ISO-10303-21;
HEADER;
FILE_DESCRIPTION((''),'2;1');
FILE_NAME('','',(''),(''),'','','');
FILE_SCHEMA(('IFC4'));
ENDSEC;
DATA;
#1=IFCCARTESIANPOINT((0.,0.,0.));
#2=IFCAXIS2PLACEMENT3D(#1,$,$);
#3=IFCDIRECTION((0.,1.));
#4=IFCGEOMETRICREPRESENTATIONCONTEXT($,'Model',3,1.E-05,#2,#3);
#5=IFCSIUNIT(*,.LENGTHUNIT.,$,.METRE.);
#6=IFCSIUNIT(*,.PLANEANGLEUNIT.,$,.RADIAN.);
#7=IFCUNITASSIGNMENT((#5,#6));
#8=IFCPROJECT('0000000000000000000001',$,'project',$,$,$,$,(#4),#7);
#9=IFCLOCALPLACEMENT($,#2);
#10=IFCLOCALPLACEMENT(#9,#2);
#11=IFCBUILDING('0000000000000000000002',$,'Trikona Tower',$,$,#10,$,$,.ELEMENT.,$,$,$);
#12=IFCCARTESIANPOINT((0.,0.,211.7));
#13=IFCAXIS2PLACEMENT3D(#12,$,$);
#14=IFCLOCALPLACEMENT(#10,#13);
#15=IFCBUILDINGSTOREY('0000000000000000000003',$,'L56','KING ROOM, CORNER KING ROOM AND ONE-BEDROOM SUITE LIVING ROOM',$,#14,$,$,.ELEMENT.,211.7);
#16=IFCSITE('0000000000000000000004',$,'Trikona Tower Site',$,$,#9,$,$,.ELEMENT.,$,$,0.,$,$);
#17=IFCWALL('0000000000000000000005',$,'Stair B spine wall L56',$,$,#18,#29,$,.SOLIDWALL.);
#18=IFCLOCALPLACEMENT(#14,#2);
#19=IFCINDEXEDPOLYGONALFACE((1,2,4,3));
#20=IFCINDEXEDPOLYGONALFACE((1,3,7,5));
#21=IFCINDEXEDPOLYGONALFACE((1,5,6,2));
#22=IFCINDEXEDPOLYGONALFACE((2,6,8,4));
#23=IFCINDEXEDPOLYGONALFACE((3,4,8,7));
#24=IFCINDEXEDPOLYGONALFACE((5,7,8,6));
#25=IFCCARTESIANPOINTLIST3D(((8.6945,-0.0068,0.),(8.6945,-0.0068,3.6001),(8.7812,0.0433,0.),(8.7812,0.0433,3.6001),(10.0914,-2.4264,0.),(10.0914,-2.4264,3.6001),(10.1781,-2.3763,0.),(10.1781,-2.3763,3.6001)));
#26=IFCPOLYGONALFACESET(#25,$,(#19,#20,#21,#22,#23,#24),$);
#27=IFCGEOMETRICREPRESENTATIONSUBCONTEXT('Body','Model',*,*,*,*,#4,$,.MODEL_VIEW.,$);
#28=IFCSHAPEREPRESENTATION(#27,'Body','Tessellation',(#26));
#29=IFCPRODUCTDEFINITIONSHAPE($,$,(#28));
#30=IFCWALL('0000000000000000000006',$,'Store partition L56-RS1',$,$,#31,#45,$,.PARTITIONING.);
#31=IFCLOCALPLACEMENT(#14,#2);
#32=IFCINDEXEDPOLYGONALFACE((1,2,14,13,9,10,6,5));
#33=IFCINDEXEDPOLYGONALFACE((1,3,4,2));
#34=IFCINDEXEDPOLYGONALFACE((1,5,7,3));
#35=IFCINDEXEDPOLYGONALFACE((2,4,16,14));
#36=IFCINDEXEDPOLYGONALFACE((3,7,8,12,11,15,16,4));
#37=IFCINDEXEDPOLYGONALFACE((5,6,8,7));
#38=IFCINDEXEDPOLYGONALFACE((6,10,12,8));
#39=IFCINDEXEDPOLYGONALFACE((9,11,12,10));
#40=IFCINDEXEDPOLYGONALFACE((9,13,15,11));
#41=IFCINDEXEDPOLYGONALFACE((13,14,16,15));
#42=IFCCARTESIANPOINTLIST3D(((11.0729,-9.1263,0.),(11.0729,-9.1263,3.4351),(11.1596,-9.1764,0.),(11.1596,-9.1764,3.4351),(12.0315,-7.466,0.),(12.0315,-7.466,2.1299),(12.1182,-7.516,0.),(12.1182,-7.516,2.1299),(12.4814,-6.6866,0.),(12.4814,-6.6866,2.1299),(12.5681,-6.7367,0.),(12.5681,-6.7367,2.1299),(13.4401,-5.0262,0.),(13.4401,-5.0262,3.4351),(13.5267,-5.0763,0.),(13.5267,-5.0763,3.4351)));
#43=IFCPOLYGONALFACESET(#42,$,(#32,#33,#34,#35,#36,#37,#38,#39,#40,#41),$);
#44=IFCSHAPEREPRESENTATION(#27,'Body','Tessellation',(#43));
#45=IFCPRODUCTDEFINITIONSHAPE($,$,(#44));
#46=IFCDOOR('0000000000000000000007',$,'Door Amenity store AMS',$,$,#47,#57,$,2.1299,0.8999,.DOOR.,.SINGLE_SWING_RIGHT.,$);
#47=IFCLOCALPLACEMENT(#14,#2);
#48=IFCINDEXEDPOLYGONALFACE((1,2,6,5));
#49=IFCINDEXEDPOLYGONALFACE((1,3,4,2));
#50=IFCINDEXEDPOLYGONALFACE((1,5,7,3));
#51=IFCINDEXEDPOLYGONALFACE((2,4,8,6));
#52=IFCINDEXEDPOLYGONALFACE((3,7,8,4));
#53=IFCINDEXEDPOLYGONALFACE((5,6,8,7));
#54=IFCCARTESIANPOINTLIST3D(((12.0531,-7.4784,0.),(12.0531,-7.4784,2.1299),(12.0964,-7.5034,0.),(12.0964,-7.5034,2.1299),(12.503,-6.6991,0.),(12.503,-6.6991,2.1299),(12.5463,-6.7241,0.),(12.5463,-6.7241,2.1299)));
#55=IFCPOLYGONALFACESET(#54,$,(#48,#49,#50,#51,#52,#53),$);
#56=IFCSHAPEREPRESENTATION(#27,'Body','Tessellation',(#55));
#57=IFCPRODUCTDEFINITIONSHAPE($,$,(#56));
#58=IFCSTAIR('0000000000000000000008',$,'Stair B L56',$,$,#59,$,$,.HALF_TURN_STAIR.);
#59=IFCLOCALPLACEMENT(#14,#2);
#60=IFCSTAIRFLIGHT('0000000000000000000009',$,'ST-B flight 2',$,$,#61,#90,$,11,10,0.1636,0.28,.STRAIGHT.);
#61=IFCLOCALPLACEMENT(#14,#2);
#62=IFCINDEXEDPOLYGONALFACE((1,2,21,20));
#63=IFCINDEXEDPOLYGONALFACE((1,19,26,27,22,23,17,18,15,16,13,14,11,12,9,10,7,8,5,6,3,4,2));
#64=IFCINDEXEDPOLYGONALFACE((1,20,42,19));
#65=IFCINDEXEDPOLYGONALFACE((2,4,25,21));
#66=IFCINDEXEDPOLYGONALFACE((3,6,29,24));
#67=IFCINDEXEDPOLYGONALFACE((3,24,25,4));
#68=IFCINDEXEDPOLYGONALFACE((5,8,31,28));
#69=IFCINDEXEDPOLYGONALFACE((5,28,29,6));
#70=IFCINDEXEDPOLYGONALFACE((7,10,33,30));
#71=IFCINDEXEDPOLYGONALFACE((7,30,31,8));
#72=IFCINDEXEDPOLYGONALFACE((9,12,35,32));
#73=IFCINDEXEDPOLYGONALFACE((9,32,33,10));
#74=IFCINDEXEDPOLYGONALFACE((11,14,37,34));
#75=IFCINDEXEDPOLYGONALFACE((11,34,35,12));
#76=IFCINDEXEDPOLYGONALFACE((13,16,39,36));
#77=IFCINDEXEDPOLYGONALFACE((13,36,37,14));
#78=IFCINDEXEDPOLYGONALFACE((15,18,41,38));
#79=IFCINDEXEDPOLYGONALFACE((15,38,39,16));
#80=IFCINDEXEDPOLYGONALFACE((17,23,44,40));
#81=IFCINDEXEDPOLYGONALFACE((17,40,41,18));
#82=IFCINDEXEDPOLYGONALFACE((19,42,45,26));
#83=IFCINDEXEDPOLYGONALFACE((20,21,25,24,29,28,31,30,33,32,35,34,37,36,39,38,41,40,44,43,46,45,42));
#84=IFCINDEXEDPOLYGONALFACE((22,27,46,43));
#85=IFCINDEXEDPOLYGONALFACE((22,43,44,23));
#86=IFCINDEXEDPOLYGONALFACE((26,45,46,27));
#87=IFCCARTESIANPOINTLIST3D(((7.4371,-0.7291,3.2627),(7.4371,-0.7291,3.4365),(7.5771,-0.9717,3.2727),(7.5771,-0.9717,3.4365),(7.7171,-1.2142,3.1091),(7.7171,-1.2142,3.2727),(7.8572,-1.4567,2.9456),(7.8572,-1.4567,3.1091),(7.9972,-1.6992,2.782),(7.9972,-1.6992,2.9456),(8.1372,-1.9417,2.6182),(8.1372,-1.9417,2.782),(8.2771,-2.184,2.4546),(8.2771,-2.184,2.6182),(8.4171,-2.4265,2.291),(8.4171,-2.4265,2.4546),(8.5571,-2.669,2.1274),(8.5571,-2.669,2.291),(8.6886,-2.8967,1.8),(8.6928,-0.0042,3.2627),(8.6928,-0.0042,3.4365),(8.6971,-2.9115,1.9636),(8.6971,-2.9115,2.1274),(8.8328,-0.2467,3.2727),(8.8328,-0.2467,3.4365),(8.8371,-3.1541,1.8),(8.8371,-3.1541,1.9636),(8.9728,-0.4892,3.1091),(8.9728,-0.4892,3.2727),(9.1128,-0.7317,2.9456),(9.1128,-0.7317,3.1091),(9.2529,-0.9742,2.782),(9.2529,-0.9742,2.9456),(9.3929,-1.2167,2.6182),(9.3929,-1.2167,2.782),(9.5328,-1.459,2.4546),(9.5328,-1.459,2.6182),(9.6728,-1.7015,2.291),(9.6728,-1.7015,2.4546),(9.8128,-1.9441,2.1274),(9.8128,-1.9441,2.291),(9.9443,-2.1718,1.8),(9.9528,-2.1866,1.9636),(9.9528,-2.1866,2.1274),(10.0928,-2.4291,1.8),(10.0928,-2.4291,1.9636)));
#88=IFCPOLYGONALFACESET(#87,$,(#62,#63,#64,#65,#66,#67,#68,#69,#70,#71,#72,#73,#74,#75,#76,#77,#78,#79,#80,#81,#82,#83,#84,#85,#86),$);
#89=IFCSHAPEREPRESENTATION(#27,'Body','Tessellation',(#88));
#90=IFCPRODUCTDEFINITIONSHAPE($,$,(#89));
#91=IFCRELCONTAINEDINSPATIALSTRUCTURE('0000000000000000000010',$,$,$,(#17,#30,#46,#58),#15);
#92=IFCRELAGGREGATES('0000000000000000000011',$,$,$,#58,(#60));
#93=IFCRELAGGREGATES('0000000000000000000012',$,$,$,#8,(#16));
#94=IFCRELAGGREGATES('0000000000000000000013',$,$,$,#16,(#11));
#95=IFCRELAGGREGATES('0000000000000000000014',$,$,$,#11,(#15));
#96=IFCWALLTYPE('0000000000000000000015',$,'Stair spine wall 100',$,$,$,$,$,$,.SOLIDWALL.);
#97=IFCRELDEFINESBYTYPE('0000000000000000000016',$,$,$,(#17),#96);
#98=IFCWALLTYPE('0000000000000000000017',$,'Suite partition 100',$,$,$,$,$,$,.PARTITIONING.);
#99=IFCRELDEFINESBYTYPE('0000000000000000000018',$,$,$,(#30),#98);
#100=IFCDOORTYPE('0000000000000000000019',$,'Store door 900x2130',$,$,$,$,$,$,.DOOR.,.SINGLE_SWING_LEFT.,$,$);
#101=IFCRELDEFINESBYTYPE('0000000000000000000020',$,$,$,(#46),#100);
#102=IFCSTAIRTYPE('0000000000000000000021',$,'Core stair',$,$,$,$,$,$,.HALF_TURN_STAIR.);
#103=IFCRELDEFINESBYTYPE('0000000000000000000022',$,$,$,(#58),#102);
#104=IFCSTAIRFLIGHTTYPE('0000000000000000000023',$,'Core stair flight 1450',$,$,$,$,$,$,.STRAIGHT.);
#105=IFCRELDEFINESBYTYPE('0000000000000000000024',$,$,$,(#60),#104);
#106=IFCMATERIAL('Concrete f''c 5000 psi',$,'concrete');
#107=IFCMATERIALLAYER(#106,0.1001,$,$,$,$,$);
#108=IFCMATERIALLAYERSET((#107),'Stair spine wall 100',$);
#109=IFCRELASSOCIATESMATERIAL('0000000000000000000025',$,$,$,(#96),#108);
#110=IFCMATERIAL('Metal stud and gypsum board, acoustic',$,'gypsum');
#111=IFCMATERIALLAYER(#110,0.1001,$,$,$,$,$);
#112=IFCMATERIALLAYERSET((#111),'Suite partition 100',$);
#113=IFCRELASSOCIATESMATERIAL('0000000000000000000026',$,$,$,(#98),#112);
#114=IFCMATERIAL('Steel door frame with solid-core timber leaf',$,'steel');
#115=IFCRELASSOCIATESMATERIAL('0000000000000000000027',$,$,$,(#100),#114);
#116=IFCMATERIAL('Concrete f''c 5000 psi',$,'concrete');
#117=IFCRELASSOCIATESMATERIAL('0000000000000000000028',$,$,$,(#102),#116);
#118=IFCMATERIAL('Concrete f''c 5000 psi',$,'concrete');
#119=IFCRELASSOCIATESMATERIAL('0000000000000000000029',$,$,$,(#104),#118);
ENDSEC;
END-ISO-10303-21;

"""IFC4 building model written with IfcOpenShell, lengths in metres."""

from ifc_helpers import new_model, si_unit, direction, frame, frame_2d, origin, place, context, subcontext, project, spatial, polyline, rectangle, outline, extrude, material, layer, layer_set, type_object, element, fill, aggregate, save


model = new_model("IFC4")

# Units and contexts
model_context = context("Model", 3, precision=1e-05, world=origin(), true_north=direction((0.0, 1.0)))
body_context = subcontext(model_context, "Body", "Model", "MODEL_VIEW")
ifc_project = project(units=[si_unit("LENGTHUNIT", "METRE"), si_unit("PLANEANGLEUNIT", "RADIAN")], contexts=[model_context])

# Site, building, storey
site_placement = place(None, origin())
site = spatial("IfcSite", under=ifc_project, at=site_placement, Name="Trikona Tower Site", CompositionType="ELEMENT", RefElevation=0.0)
building_placement = place(site_placement, origin())
building = spatial("IfcBuilding", under=site, at=building_placement, Name="Trikona Tower", CompositionType="ELEMENT")
storey_placement = place(building_placement, frame((0.0, 0.0, 211.7)))
storey = spatial("IfcBuildingStorey", under=building, at=storey_placement, Name="L56", Description="KING ROOM, CORNER KING ROOM AND ONE-BEDROOM SUITE LIVING ROOM", CompositionType="ELEMENT", Elevation=211.7)

# Wall
ifc_material_1 = material(Name="Concrete f'c 5000 psi", Category="concrete")
ifc_layer_1 = layer(ifc_material_1, 0.1001)
ifc_layer_set_1 = layer_set([ifc_layer_1], Name="Stair spine wall 100")
wall_type_1 = type_object("IfcWallType", Name="Stair spine wall 100", PredefinedType="SOLIDWALL", material=ifc_layer_set_1)
wall_1_placement = place(storey_placement, frame((10.1348, -2.4014, 0.0), z_axis=(0.0, 0.0, 1.0), x_axis=(-0.499992, 0.86603, 0.0)))
element("IfcWall", 1, at=wall_1_placement, inside=storey, type_object=wall_type_1, Name="Stair B spine wall L56", PredefinedType="SOLIDWALL", context=body_context, shape_type="SweptSolid", body=[
    extrude(rectangle(XDim=2.7939, YDim=0.1001, at=frame_2d((1.397, 0.0))), origin(), (0.0, 0.0, 1.0), 3.6001),
])

# Wall, opening, door
ifc_material_2 = material(Name="Metal stud and gypsum board, acoustic", Category="gypsum")
ifc_layer_2 = layer(ifc_material_2, 0.1001)
ifc_layer_set_2 = layer_set([ifc_layer_2], Name="Suite partition 100")
wall_type_2 = type_object("IfcWallType", Name="Suite partition 100", PredefinedType="PARTITIONING", material=ifc_layer_set_2)
wall_2_placement = place(storey_placement, frame((13.4834, -5.0513, 0.0), z_axis=(0.0, 0.0, 1.0), x_axis=(-0.499999, -0.866026, 0.0)))
wall_2 = element("IfcWall", 2, at=wall_2_placement, inside=storey, type_object=wall_type_2, Name="Store partition L56-RS1", PredefinedType="PARTITIONING", context=body_context, shape_type="SweptSolid", body=[
    extrude(rectangle(XDim=4.7344, YDim=0.1001, at=frame_2d((2.3672, 0.0))), origin(), (0.0, 0.0, 1.0), 3.4351),
])
opening_1_placement = place(wall_2_placement, frame((1.9172, 0.0, 0.0)))
opening_1 = element("IfcOpeningElement", 3, at=opening_1_placement, cuts=wall_2, PredefinedType="OPENING", context=body_context, shape_type="SweptSolid", body=[
    extrude(rectangle(XDim=0.8999, YDim=2.1299, at=frame_2d((0.45, 1.0649))), frame((0.0, 0.0601, 0.0), z_axis=(0.0, -1.0, 0.0), x_axis=(1.0, 0.0, 0.0)), (0.0, 0.0, 1.0), 0.1201),
])
ifc_material_3 = material(Name="Steel door frame with solid-core timber leaf", Category="steel")
door_type_1 = type_object("IfcDoorType", Name="Store door 900x2130", OperationType="SINGLE_SWING_LEFT", PredefinedType="DOOR", material=ifc_material_3)
door_1_placement = place(opening_1_placement, origin())
door_1 = element("IfcDoor", 4, at=door_1_placement, inside=storey, type_object=door_type_1, Name="Door Amenity store AMS", OperationType="SINGLE_SWING_RIGHT", OverallHeight=2.1299, OverallWidth=0.8999, PredefinedType="DOOR", context=body_context, shape_type="SweptSolid", body=[
    extrude(rectangle(XDim=0.8999, YDim=2.1299, at=frame_2d((0.45, 1.0649))), frame((0.0, 0.0249, 0.0), z_axis=(0.0, -1.0, 0.0), x_axis=(1.0, 0.0, 0.0)), (0.0, 0.0, 1.0), 0.05),
])
fill(opening_1, door_1)

# Stair, stair flight
ifc_material_4 = material(Name="Concrete f'c 5000 psi", Category="concrete")
stair_type = type_object("IfcStairType", Name="Core stair", PredefinedType="HALF_TURN_STAIR", material=ifc_material_4)
stair_placement = place(storey_placement, origin())
stair = element("IfcStair", 5, at=stair_placement, inside=storey, type_object=stair_type, Name="Stair B L56", PredefinedType="HALF_TURN_STAIR")
ifc_material_5 = material(Name="Concrete f'c 5000 psi", Category="concrete")
stair_flight_type = type_object("IfcStairFlightType", Name="Core stair flight 1450", PredefinedType="STRAIGHT", material=ifc_material_5)
stair_flight_placement = place(storey_placement, frame((9.4651, -2.7915, 1.8), z_axis=(0.0, 0.0, 1.0), x_axis=(-0.5, 0.866025, 0.0)))
stair_flight = element("IfcStairFlight", 6, at=stair_flight_placement, type_object=stair_flight_type, Name="ST-B flight 2", NumberOfRisers=11, NumberOfTreads=10, PredefinedType="STRAIGHT", RiserHeight=0.1636, TreadLength=0.28, context=body_context, shape_type="SweptSolid", body=[
    extrude(outline(polyline([(0.0, 0.0), (0.0, 0.1636), (0.28, 0.1636), (0.28, 0.3274), (0.5601, 0.3274), (0.5601, 0.491), (0.8401, 0.491), (0.8401, 0.6545), (1.1201, 0.6545), (1.1201, 0.8181), (1.3999, 0.8181), (1.3999, 0.9819), (1.6799, 0.9819), (1.6799, 1.1455), (1.96, 1.1455), (1.96, 1.3091), (2.24, 1.3091), (2.24, 1.4727), (2.52, 1.4727), (2.52, 1.6365), (2.8, 1.6365), (2.8, 1.8), (2.8, 1.4626), (0.2971, 0.0), (0.0, 0.0)])), frame((0.0, 0.7251, 0.0), z_axis=(0.0, -1.0, 0.0), x_axis=(1.0, 0.0, 0.0)), (0.0, 0.0, 1.0), 1.45),
])
aggregate(stair, [stair_flight])

save(model, "model.ifc")
